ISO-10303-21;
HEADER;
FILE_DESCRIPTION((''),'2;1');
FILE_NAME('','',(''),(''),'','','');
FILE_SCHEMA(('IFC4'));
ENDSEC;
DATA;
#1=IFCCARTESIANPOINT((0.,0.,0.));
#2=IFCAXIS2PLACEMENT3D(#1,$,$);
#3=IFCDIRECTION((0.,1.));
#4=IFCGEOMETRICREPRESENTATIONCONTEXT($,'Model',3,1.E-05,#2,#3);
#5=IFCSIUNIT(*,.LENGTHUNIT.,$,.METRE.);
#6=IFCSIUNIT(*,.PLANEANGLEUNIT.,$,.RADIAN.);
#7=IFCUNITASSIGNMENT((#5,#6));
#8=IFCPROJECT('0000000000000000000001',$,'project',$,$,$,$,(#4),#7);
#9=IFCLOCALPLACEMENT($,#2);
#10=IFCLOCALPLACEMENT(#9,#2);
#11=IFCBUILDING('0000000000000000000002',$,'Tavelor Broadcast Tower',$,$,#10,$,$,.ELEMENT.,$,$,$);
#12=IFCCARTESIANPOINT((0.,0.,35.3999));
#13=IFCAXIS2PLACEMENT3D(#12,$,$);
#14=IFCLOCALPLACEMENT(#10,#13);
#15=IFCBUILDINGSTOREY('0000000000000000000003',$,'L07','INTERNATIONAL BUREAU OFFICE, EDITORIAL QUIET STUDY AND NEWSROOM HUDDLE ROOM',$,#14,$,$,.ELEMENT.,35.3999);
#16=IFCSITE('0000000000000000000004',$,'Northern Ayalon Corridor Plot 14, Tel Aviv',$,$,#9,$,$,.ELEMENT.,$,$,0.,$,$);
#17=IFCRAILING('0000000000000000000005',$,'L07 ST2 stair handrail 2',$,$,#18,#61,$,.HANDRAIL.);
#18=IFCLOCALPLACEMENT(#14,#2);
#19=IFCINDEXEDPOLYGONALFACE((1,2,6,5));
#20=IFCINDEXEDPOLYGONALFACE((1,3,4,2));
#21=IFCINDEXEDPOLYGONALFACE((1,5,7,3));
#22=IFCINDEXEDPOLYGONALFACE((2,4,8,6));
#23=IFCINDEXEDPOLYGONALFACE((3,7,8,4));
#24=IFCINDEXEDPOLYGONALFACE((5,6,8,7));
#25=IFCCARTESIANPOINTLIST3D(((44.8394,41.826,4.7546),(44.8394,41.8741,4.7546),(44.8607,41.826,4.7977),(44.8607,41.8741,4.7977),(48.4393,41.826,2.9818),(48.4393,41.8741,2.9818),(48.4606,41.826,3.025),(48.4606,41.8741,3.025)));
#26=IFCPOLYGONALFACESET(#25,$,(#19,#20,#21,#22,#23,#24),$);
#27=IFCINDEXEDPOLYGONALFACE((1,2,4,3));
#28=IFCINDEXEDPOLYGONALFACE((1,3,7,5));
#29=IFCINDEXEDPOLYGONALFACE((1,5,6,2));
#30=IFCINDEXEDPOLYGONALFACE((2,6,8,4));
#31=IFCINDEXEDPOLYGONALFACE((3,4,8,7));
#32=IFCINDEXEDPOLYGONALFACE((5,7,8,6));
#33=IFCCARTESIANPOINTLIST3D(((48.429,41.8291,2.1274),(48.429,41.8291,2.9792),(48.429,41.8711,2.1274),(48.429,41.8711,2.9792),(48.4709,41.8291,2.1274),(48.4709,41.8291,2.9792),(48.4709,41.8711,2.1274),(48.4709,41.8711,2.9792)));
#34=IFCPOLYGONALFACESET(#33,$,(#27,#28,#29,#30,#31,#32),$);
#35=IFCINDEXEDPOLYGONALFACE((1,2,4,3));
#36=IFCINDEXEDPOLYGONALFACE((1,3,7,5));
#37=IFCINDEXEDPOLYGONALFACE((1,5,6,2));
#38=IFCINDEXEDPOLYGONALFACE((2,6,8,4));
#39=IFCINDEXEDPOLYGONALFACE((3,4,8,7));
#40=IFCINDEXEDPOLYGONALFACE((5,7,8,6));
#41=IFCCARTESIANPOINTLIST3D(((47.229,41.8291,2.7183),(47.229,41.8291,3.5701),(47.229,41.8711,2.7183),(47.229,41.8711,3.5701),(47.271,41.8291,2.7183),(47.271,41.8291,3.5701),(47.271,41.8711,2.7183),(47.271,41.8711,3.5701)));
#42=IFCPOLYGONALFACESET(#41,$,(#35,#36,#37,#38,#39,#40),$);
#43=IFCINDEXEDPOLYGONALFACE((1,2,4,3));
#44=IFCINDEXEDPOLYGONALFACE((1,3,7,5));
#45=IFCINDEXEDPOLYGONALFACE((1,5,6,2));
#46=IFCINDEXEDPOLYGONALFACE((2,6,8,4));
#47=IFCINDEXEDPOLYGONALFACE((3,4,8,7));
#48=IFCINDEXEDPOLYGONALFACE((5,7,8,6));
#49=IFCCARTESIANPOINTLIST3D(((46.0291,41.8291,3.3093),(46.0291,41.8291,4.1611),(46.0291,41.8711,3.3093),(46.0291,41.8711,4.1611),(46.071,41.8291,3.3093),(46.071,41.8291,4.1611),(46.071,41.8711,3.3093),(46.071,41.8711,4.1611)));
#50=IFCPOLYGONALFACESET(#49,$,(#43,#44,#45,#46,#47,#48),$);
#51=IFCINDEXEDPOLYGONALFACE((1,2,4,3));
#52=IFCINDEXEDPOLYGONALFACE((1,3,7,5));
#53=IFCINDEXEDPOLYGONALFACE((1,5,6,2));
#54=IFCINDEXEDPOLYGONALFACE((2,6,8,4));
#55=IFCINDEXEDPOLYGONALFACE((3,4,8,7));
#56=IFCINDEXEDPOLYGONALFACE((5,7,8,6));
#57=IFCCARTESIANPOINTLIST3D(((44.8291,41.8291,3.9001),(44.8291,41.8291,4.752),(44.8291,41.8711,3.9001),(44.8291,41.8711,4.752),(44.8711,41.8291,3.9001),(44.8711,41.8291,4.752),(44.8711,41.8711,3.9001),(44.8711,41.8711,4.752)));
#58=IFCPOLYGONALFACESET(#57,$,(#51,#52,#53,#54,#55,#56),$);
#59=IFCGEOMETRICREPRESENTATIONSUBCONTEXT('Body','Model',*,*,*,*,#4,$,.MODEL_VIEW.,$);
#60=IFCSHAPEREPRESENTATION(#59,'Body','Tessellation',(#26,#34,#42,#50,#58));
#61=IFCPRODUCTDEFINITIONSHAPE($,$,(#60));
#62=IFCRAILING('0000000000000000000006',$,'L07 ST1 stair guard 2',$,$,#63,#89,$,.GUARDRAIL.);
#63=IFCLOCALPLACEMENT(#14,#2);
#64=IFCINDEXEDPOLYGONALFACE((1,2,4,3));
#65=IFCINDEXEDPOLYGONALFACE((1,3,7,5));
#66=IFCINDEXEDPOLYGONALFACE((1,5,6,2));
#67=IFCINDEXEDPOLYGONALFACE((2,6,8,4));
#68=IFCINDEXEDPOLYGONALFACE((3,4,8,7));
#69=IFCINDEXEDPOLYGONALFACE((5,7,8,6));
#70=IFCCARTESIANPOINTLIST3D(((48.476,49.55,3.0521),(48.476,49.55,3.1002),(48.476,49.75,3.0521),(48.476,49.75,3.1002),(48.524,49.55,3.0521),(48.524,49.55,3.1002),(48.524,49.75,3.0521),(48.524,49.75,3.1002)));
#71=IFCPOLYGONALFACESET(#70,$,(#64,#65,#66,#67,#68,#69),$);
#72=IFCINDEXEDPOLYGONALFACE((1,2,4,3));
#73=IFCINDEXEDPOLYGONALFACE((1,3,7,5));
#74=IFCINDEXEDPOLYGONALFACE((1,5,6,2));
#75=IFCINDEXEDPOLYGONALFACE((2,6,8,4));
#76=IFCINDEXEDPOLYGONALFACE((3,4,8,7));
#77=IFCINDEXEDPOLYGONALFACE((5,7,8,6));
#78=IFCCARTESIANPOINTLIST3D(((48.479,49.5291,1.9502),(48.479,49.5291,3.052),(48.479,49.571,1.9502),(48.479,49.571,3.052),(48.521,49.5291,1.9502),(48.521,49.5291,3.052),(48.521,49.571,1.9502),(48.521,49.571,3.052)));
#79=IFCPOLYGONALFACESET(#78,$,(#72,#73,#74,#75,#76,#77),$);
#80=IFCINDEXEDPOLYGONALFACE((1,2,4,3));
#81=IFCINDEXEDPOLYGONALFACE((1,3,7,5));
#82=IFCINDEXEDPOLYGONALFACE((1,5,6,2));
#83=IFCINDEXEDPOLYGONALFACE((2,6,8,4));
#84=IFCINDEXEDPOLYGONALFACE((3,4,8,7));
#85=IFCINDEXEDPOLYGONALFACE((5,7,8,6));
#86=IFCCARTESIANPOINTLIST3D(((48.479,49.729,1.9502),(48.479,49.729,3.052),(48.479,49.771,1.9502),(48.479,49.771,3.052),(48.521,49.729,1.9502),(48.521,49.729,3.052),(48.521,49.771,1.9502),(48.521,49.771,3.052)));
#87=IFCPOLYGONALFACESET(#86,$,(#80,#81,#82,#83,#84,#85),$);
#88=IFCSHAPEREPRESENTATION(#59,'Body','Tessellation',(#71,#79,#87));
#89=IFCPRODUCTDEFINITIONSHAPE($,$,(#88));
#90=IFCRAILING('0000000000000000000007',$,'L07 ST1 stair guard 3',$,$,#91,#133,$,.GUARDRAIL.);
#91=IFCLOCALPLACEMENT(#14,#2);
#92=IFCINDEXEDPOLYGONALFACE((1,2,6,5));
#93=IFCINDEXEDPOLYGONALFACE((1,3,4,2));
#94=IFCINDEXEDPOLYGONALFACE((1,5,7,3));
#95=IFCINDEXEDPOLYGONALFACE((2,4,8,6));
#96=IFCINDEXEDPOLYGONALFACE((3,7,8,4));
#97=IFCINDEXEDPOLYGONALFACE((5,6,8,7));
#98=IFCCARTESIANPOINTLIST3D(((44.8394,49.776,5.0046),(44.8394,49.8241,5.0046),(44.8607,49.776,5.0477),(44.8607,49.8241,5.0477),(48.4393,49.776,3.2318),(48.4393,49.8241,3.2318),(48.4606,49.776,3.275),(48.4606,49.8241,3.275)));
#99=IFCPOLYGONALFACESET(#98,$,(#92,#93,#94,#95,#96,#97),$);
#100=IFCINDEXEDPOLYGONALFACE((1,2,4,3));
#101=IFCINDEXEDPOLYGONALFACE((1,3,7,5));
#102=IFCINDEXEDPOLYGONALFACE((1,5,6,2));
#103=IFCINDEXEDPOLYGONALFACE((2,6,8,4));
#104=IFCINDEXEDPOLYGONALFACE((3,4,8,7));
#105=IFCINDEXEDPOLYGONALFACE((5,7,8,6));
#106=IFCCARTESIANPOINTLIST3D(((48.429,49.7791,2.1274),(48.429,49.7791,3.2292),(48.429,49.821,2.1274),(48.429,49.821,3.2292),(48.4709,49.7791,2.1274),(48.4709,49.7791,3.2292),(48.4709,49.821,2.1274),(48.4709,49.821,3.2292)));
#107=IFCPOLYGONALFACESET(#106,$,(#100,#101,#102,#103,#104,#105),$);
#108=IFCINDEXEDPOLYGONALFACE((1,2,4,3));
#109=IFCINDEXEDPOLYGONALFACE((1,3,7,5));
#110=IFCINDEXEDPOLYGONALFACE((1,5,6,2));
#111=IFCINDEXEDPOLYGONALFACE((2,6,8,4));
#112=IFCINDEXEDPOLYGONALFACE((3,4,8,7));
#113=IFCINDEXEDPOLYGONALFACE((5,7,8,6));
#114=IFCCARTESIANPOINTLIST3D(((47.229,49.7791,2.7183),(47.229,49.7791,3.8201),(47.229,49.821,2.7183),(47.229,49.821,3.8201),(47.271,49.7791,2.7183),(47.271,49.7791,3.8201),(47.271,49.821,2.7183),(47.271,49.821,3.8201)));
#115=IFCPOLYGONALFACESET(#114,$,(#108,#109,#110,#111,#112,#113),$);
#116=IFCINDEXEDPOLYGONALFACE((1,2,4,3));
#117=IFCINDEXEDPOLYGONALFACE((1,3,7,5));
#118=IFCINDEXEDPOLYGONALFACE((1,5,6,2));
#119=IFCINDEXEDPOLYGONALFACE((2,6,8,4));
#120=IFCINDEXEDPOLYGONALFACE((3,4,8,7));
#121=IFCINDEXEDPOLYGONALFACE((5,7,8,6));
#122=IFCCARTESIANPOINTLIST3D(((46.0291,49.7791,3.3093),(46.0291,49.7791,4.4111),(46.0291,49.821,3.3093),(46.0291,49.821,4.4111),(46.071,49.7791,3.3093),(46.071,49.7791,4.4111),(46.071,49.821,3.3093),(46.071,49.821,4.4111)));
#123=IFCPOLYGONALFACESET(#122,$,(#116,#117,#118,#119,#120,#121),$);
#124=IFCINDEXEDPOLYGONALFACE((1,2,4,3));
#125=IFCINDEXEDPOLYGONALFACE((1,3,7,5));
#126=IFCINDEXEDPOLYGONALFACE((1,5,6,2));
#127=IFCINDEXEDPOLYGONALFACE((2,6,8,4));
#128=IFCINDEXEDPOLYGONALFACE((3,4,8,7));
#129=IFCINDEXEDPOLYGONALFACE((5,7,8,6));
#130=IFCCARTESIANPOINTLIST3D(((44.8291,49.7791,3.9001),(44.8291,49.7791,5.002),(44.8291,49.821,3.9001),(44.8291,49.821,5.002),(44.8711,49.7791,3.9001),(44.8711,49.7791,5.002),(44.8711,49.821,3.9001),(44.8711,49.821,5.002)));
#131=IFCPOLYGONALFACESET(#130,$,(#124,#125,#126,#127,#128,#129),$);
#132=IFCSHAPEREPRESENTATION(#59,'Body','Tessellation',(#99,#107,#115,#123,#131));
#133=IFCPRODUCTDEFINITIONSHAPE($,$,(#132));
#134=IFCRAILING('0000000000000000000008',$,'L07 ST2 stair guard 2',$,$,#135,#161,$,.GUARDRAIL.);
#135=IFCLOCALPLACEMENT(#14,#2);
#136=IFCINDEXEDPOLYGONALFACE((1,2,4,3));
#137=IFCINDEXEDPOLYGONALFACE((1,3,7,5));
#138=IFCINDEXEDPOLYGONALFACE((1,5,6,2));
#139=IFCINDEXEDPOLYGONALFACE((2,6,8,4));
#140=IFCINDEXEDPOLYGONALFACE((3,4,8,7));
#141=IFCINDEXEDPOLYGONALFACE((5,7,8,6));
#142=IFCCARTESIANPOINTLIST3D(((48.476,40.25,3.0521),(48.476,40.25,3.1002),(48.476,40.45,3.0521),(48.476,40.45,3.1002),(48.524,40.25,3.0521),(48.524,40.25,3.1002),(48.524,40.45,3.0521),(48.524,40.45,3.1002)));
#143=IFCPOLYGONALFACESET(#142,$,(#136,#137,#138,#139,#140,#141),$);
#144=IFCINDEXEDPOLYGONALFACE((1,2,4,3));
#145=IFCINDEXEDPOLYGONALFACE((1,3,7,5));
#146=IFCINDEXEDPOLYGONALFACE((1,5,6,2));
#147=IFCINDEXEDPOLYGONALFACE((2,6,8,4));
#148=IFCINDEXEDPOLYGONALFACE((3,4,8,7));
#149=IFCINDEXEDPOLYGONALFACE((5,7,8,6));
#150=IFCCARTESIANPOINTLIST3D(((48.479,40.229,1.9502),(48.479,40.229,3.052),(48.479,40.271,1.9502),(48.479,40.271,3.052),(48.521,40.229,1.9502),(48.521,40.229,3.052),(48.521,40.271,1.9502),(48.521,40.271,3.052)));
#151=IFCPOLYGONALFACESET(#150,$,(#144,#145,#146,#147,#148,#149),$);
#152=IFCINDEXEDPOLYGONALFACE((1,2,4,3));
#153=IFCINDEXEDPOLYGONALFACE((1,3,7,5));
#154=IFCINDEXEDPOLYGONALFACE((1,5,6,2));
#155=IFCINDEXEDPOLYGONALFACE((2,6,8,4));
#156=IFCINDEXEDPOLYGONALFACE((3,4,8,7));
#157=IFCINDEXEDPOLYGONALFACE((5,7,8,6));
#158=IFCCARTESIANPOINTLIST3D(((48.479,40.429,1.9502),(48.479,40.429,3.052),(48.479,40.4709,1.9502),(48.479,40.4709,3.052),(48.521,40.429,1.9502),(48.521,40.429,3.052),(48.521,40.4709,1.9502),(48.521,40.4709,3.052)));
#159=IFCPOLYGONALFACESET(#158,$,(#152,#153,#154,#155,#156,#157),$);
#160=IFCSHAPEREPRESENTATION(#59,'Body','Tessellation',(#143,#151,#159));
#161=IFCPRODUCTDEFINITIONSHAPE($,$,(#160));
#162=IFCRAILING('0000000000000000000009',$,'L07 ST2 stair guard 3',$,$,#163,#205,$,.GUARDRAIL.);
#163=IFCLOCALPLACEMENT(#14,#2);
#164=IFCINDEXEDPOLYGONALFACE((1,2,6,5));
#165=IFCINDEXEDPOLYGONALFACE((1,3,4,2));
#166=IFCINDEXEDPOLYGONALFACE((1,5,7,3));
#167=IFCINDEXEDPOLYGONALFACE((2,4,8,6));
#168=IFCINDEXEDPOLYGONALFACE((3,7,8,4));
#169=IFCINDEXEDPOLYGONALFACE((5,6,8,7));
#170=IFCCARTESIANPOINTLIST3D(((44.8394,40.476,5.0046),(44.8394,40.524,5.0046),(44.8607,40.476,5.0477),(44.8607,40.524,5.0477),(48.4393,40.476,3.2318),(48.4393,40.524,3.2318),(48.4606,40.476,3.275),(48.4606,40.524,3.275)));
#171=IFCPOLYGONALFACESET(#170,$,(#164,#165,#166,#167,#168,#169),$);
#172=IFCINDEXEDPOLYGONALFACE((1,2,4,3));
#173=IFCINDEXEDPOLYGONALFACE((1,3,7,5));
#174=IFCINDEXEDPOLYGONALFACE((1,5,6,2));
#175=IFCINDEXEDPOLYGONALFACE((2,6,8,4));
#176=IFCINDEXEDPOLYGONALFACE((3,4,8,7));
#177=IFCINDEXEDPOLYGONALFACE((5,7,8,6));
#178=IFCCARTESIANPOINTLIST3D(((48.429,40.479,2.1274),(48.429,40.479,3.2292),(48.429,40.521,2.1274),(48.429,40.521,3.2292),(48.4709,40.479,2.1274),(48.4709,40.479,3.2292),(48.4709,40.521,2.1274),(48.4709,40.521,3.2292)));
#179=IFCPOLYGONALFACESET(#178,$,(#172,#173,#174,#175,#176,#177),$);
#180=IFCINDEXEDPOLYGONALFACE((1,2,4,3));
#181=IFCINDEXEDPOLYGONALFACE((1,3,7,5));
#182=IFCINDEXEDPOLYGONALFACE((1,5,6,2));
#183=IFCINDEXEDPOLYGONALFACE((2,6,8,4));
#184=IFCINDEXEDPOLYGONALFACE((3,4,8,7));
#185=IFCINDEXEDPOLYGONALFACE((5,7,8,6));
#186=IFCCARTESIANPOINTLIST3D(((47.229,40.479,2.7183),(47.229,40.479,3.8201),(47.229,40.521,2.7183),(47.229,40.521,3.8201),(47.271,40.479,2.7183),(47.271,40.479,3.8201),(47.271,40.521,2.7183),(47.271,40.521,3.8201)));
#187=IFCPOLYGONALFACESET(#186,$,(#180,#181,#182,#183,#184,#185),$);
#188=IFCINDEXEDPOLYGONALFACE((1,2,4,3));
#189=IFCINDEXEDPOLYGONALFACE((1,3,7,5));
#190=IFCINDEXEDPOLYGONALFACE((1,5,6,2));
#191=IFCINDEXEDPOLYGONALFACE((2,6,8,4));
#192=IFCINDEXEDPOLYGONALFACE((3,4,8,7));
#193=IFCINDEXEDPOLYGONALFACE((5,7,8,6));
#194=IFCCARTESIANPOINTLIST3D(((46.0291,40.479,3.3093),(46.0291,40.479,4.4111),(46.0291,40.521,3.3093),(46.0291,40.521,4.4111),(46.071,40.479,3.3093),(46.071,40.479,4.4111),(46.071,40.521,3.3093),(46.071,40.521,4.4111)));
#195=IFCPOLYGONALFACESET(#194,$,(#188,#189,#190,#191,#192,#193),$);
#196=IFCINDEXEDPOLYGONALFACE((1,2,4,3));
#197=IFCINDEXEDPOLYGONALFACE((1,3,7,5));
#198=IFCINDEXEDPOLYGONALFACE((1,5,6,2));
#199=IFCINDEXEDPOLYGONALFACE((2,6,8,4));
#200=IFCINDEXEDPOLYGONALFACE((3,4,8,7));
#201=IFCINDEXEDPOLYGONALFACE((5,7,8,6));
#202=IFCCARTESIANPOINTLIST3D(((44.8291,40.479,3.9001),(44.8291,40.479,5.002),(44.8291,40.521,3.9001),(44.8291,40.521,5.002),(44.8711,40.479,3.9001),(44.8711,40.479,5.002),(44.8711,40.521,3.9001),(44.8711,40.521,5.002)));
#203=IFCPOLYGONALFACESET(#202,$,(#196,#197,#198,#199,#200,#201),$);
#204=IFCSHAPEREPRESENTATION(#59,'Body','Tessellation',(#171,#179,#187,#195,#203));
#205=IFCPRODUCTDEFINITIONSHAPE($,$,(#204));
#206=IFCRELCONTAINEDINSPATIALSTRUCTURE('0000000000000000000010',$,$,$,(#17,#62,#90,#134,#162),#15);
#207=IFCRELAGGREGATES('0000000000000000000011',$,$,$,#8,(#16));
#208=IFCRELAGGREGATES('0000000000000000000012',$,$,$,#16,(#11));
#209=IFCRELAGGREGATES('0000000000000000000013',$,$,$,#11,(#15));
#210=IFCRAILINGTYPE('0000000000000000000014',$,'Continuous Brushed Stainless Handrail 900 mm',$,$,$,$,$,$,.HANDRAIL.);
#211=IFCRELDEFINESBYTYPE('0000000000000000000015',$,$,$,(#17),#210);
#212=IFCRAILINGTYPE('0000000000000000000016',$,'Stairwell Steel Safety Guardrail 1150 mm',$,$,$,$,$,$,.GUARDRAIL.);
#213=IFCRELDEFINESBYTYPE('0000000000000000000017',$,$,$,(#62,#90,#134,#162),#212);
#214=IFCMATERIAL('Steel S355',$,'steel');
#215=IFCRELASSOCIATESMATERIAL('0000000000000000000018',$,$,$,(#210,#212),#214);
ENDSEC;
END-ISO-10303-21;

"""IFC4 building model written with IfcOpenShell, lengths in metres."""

from ifc_helpers import new_model, si_unit, direction, frame, origin, origin_2d, place, context, subcontext, project, spatial, rectangle, extrude, material, type_object, element, save


model = new_model("IFC4")

# Units and contexts
model_context = context("Model", 3, precision=1e-05, world=origin(), true_north=direction((0.0, 1.0)))
body_context = subcontext(model_context, "Body", "Model", "MODEL_VIEW")
ifc_project = project(units=[si_unit("LENGTHUNIT", "METRE"), si_unit("PLANEANGLEUNIT", "RADIAN")], contexts=[model_context])

# Site, building, storey
site_placement = place(None, origin())
site = spatial("IfcSite", under=ifc_project, at=site_placement, Name="Northern Ayalon Corridor Plot 14, Tel Aviv", CompositionType="ELEMENT", RefElevation=0.0)
building_placement = place(site_placement, origin())
building = spatial("IfcBuilding", under=site, at=building_placement, Name="Tavelor Broadcast Tower", CompositionType="ELEMENT")
storey_placement = place(building_placement, frame((0.0, 0.0, 35.3999)))
storey = spatial("IfcBuildingStorey", under=building, at=storey_placement, Name="L07", Description="INTERNATIONAL BUREAU OFFICE, EDITORIAL QUIET STUDY AND NEWSROOM HUDDLE ROOM", CompositionType="ELEMENT", Elevation=35.3999)

# Shared definitions
ifc_material_1 = material(Name="Steel S355", Category="steel")

# Railings
railing_type_1 = type_object("IfcRailingType", Name="Continuous Brushed Stainless Handrail 900 mm", PredefinedType="HANDRAIL", material=ifc_material_1)
for number, where, name in (
    (1, (48.45, 41.8501, 2.1274), "L07 ST2 stair handrail 2"),
):
    element("IfcRailing", number, at=place(storey_placement, frame(where)), inside=storey, type_object=railing_type_1, Name=name, PredefinedType="HANDRAIL", context=body_context, shape_type="SweptSolid", body=[
        extrude(rectangle(XDim=0.0481, YDim=0.0481, at=origin_2d()), frame((0.0, 0.0, 0.876), z_axis=(-0.897124, 0.0, 0.441778), x_axis=(0.0, -1.0, 0.0)), (0.0, 0.0, 1.0), 4.0127),
        extrude(rectangle(XDim=0.042, YDim=0.042, at=origin_2d()), origin(), (0.0, 0.0, 1.0), 0.8518),
        extrude(rectangle(XDim=0.042, YDim=0.042, at=origin_2d()), frame((-1.2, 0.0, 0.5908)), (0.0, 0.0, 1.0), 0.8518),
        extrude(rectangle(XDim=0.042, YDim=0.042, at=origin_2d()), frame((-2.3999, 0.0, 1.1819)), (0.0, 0.0, 1.0), 0.8518),
        extrude(rectangle(XDim=0.042, YDim=0.042, at=origin_2d()), frame((-3.5999, 0.0, 1.7727)), (0.0, 0.0, 1.0), 0.8518),
    ])
railing_type_2 = type_object("IfcRailingType", Name="Stairwell Steel Safety Guardrail 1150 mm", PredefinedType="GUARDRAIL", material=ifc_material_1)
railing_1_placement = place(storey_placement, frame((48.5, 49.55, 1.9502)))
element("IfcRailing", 2, at=railing_1_placement, inside=storey, type_object=railing_type_2, Name="L07 ST1 stair guard 2", PredefinedType="GUARDRAIL", context=body_context, shape_type="SweptSolid", body=[
    extrude(rectangle(XDim=0.0481, YDim=0.0481, at=origin_2d()), frame((0.0, 0.0, 1.126), z_axis=(0.0, 1.0, 0.0), x_axis=(-1.0, 0.0, 0.0)), (0.0, 0.0, 1.0), 0.2),
    extrude(rectangle(XDim=0.042, YDim=0.042, at=origin_2d()), origin(), (0.0, 0.0, 1.0), 1.1018),
    extrude(rectangle(XDim=0.042, YDim=0.042, at=origin_2d()), frame((0.0, 0.2, 0.0)), (0.0, 0.0, 1.0), 1.1018),
])
railing_2_placement = place(storey_placement, frame((48.45, 49.8, 2.1274)))
element("IfcRailing", 3, at=railing_2_placement, inside=storey, type_object=railing_type_2, Name="L07 ST1 stair guard 3", PredefinedType="GUARDRAIL", context=body_context, shape_type="SweptSolid", body=[
    extrude(rectangle(XDim=0.0481, YDim=0.0481, at=origin_2d()), frame((0.0, 0.0, 1.126), z_axis=(-0.897124, 0.0, 0.441778), x_axis=(0.0, -1.0, 0.0)), (0.0, 0.0, 1.0), 4.0127),
    extrude(rectangle(XDim=0.042, YDim=0.042, at=origin_2d()), origin(), (0.0, 0.0, 1.0), 1.1018),
    extrude(rectangle(XDim=0.042, YDim=0.042, at=origin_2d()), frame((-1.2, 0.0, 0.5908)), (0.0, 0.0, 1.0), 1.1018),
    extrude(rectangle(XDim=0.042, YDim=0.042, at=origin_2d()), frame((-2.3999, 0.0, 1.1819)), (0.0, 0.0, 1.0), 1.1018),
    extrude(rectangle(XDim=0.042, YDim=0.042, at=origin_2d()), frame((-3.5999, 0.0, 1.7727)), (0.0, 0.0, 1.0), 1.1018),
])
railing_3_placement = place(storey_placement, frame((48.5, 40.25, 1.9502)))
element("IfcRailing", 4, at=railing_3_placement, inside=storey, type_object=railing_type_2, Name="L07 ST2 stair guard 2", PredefinedType="GUARDRAIL", context=body_context, shape_type="SweptSolid", body=[
    extrude(rectangle(XDim=0.0481, YDim=0.0481, at=origin_2d()), frame((0.0, 0.0, 1.126), z_axis=(0.0, 1.0, 0.0), x_axis=(-1.0, 0.0, 0.0)), (0.0, 0.0, 1.0), 0.2),
    extrude(rectangle(XDim=0.042, YDim=0.042, at=origin_2d()), origin(), (0.0, 0.0, 1.0), 1.1018),
    extrude(rectangle(XDim=0.042, YDim=0.042, at=origin_2d()), frame((0.0, 0.2, 0.0)), (0.0, 0.0, 1.0), 1.1018),
])
railing_4_placement = place(storey_placement, frame((48.45, 40.5, 2.1274)))
element("IfcRailing", 5, at=railing_4_placement, inside=storey, type_object=railing_type_2, Name="L07 ST2 stair guard 3", PredefinedType="GUARDRAIL", context=body_context, shape_type="SweptSolid", body=[
    extrude(rectangle(XDim=0.0481, YDim=0.0481, at=origin_2d()), frame((0.0, 0.0, 1.126), z_axis=(-0.897124, 0.0, 0.441778), x_axis=(0.0, -1.0, 0.0)), (0.0, 0.0, 1.0), 4.0127),
    extrude(rectangle(XDim=0.042, YDim=0.042, at=origin_2d()), origin(), (0.0, 0.0, 1.0), 1.1018),
    extrude(rectangle(XDim=0.042, YDim=0.042, at=origin_2d()), frame((-1.2, 0.0, 0.5908)), (0.0, 0.0, 1.0), 1.1018),
    extrude(rectangle(XDim=0.042, YDim=0.042, at=origin_2d()), frame((-2.3999, 0.0, 1.1819)), (0.0, 0.0, 1.0), 1.1018),
    extrude(rectangle(XDim=0.042, YDim=0.042, at=origin_2d()), frame((-3.5999, 0.0, 1.7727)), (0.0, 0.0, 1.0), 1.1018),
])

save(model, "model.ifc")
